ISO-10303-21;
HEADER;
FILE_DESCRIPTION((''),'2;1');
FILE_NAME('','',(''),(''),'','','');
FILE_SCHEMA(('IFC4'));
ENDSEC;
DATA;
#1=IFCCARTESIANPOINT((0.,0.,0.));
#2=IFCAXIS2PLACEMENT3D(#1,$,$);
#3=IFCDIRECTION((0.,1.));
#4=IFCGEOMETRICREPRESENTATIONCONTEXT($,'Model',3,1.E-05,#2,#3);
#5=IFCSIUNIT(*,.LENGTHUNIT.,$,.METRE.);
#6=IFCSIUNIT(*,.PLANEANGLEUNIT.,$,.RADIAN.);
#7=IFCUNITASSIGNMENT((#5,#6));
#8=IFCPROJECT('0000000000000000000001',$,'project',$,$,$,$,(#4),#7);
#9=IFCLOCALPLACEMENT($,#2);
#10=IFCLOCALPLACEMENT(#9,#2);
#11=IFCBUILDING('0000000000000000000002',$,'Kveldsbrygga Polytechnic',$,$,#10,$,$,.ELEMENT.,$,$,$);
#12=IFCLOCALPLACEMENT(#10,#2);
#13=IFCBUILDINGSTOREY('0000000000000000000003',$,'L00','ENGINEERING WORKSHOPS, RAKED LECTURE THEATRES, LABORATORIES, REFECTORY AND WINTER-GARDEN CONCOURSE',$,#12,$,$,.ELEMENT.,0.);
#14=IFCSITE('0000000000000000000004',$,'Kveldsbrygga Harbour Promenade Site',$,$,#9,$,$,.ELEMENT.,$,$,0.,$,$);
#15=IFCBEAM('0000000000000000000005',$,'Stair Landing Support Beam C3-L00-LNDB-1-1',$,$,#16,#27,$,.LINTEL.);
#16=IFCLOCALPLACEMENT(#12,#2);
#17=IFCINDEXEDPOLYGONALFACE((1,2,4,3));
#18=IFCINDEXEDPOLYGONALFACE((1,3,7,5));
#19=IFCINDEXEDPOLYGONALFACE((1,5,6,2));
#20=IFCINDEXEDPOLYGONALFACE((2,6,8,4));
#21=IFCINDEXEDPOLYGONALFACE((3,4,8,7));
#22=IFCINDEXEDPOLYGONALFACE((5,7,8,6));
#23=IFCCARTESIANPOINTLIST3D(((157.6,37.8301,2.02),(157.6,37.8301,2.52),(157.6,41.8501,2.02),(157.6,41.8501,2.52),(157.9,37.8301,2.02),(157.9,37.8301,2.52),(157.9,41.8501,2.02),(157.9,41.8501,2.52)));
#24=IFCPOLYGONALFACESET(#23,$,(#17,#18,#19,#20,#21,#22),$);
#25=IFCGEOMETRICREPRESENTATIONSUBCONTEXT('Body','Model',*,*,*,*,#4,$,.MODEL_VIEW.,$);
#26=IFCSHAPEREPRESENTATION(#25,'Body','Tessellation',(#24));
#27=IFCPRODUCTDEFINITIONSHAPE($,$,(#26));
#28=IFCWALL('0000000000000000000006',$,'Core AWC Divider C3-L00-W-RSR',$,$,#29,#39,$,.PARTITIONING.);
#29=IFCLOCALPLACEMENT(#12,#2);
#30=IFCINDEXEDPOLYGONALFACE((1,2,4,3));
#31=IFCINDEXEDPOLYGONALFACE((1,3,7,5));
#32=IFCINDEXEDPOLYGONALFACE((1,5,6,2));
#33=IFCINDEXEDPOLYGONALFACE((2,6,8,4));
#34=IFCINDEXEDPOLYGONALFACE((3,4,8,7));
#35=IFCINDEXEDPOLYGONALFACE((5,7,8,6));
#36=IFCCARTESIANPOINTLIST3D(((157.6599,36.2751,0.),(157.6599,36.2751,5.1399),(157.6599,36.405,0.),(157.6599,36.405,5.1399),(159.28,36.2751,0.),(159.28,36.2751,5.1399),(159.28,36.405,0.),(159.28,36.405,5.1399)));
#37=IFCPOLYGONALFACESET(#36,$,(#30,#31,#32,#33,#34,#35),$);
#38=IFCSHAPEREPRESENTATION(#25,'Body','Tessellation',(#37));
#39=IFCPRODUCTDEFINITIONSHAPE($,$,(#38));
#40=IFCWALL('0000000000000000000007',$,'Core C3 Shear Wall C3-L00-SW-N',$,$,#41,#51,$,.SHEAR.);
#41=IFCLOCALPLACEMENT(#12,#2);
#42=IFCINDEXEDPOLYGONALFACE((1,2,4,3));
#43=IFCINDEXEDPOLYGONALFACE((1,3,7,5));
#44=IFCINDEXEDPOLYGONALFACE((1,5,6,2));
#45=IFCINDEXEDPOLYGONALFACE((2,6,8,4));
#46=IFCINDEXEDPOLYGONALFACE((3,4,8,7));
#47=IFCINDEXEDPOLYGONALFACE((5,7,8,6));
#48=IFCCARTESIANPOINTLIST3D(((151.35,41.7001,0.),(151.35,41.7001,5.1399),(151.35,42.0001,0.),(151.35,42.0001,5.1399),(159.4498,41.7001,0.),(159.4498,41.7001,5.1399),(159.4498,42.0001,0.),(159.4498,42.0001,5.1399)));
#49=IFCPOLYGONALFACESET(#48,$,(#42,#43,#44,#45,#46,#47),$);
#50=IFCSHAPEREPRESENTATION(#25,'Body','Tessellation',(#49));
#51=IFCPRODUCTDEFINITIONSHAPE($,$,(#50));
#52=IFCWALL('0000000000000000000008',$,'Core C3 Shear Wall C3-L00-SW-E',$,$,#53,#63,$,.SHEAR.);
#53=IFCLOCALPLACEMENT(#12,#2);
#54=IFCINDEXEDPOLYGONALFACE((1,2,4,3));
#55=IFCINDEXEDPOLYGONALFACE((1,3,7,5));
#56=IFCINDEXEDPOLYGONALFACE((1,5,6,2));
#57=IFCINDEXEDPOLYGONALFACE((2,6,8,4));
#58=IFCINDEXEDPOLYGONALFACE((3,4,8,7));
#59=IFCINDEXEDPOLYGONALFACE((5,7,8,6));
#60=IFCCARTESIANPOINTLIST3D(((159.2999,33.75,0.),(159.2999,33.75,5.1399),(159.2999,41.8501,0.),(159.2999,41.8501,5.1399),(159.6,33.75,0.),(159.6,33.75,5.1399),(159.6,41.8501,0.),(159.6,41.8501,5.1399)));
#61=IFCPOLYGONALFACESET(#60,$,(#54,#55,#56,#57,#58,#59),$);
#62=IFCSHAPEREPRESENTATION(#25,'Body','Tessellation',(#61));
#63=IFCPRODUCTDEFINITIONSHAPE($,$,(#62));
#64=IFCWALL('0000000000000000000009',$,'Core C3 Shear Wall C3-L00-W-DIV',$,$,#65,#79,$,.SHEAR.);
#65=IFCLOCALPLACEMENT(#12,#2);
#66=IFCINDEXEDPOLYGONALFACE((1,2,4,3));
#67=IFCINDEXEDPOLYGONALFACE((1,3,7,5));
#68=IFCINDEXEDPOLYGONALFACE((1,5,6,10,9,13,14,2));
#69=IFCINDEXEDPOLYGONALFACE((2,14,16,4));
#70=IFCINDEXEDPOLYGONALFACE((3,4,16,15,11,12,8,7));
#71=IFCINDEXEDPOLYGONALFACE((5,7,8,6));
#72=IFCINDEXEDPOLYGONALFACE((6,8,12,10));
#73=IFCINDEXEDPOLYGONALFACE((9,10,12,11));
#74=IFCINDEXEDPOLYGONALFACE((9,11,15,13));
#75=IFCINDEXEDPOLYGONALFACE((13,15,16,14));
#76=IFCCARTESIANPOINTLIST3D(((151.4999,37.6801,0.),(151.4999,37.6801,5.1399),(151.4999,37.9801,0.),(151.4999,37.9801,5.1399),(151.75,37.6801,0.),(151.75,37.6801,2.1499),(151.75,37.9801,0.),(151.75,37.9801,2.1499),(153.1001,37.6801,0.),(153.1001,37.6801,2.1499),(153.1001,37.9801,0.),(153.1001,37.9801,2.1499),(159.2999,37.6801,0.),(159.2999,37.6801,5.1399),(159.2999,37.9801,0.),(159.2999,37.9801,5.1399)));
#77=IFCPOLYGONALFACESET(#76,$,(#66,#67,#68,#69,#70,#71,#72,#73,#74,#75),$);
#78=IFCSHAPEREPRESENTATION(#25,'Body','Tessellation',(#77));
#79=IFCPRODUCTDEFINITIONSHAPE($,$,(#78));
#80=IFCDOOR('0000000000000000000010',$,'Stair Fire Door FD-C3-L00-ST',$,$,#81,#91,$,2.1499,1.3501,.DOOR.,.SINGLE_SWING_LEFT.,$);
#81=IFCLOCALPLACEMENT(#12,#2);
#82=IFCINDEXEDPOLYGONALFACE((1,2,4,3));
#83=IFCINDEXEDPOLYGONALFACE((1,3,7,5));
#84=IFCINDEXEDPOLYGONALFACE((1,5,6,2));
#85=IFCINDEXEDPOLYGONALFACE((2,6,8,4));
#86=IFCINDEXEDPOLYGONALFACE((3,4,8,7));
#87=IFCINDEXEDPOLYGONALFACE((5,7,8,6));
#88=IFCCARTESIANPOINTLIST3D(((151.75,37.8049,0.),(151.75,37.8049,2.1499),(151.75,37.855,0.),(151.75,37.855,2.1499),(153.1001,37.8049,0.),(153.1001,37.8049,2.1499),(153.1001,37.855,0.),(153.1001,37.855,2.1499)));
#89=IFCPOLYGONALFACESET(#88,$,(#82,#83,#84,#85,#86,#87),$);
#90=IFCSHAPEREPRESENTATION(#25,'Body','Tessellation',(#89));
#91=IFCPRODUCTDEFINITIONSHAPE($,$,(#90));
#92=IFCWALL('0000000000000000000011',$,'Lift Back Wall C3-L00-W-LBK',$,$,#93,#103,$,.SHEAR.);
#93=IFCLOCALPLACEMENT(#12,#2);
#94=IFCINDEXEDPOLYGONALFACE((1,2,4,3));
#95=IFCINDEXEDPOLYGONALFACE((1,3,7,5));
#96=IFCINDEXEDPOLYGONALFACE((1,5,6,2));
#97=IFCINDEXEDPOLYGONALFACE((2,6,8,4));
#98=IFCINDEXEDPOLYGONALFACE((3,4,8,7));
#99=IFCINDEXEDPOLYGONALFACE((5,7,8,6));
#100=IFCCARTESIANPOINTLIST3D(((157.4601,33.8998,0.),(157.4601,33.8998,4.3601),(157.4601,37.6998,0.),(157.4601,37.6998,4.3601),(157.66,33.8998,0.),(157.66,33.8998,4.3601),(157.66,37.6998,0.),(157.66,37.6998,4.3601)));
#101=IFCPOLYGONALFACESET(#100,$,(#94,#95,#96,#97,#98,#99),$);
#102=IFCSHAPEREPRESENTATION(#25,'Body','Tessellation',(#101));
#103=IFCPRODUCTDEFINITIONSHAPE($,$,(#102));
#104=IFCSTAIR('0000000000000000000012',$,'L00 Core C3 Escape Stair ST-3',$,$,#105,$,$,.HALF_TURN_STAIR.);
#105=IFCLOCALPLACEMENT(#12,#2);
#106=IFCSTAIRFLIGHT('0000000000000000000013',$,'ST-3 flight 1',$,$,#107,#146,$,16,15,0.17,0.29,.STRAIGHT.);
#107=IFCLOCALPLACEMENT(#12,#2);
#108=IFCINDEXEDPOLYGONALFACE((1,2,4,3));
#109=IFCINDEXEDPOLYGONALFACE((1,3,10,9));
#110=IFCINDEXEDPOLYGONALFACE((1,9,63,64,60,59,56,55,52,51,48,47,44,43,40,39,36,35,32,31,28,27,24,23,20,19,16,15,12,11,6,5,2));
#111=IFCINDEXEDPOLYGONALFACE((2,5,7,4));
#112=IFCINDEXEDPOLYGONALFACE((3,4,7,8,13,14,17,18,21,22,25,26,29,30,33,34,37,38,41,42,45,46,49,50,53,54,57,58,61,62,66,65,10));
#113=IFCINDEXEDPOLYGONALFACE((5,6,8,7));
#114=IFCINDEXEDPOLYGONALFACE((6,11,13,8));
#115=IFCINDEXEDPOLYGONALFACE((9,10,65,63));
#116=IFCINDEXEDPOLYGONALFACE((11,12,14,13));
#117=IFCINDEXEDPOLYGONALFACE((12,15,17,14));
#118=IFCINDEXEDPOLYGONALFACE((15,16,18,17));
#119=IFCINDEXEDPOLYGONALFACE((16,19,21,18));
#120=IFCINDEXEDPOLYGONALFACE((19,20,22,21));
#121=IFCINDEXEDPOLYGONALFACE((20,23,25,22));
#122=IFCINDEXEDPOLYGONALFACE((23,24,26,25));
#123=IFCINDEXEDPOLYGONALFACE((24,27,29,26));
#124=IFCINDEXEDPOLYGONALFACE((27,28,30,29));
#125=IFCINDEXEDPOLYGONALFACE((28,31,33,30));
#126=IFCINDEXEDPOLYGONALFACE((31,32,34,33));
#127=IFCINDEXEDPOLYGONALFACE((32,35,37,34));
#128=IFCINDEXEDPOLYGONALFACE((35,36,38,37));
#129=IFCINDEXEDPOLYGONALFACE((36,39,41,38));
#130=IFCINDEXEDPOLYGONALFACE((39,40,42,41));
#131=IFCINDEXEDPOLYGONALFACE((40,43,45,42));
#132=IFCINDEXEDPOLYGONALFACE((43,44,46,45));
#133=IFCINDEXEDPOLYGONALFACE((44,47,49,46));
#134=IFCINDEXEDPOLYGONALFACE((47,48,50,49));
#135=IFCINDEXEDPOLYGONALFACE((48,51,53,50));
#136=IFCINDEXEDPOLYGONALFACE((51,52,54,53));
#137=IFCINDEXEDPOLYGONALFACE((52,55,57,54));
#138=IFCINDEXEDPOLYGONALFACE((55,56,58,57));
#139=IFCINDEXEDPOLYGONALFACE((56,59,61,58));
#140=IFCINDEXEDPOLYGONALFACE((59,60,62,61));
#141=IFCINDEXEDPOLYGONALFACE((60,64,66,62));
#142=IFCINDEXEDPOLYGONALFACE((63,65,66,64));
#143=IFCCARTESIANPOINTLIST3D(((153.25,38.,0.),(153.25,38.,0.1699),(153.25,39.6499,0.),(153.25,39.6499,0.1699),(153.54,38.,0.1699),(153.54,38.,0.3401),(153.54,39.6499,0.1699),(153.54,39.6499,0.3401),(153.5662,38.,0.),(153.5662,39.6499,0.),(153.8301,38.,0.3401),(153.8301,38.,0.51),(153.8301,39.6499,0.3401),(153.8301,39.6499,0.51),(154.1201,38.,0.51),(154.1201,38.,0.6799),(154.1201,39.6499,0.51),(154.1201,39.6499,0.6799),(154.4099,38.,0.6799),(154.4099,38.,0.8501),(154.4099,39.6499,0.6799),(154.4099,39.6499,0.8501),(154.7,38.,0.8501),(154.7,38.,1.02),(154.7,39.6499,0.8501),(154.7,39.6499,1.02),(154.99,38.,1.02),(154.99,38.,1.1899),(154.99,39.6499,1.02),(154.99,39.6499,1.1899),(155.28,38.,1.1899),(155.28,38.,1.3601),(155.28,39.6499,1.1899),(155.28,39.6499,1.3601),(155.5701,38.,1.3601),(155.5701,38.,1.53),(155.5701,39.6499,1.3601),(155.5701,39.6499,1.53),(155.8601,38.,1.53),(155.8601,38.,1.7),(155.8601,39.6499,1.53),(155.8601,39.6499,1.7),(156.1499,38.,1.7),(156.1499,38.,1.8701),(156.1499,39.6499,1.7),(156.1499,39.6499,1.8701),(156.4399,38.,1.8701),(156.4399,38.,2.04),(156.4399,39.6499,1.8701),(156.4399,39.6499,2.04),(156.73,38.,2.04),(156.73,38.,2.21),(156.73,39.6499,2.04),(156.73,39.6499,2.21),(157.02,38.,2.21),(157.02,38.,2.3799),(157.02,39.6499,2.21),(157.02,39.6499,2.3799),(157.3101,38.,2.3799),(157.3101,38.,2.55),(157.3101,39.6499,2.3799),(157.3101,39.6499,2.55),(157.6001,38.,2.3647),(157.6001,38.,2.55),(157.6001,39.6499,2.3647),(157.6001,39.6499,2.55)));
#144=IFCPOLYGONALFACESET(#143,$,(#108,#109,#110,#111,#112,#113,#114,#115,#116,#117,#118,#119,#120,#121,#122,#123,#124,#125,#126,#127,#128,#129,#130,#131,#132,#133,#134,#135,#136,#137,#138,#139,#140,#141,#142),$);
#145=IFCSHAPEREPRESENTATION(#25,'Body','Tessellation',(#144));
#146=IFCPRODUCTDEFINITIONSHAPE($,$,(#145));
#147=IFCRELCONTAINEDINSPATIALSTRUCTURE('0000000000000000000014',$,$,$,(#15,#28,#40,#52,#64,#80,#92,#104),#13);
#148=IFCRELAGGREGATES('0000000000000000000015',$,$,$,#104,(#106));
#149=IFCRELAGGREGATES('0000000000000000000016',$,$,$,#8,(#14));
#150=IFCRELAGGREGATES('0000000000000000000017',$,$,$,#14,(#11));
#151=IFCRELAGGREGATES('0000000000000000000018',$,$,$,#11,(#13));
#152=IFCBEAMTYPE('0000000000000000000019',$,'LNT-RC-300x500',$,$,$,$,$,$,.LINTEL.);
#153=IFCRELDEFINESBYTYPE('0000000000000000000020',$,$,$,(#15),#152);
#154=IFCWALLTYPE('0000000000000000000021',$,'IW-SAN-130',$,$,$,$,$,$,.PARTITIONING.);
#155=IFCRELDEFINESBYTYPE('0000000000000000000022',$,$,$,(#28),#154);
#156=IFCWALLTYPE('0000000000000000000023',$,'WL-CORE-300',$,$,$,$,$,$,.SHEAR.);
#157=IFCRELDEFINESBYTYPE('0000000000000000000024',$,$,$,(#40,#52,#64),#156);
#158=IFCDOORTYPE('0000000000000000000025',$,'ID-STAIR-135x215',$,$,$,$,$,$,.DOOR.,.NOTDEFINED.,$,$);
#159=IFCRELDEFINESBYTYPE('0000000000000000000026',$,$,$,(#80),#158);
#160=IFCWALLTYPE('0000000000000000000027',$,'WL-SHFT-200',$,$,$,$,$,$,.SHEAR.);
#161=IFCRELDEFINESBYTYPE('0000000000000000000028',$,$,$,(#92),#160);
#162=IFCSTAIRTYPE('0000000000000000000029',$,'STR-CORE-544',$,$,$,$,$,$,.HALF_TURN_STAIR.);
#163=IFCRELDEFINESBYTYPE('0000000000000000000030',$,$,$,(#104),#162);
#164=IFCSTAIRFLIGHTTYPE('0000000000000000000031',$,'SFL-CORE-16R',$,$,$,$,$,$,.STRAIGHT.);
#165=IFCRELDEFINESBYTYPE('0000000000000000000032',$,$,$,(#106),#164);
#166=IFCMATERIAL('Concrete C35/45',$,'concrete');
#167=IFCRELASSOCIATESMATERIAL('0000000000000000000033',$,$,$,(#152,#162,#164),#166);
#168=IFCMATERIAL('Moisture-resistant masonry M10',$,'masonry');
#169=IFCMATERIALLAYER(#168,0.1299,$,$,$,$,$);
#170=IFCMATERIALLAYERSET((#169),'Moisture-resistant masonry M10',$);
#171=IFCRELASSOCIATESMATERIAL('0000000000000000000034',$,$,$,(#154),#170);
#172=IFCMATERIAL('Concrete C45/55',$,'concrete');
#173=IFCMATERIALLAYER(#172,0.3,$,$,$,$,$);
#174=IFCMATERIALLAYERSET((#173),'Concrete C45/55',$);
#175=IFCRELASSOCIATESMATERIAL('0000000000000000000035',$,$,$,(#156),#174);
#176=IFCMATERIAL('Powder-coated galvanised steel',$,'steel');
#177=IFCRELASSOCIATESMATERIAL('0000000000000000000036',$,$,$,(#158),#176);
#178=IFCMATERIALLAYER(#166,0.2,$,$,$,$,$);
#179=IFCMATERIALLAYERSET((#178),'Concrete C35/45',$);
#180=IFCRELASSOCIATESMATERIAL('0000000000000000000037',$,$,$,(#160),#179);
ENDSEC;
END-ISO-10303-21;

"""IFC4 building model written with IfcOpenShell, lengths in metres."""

from ifc_helpers import new_model, si_unit, direction, frame, frame_2d, origin, origin_2d, place, context, subcontext, project, spatial, polyline, rectangle, outline, extrude, material, layer, layer_set, material_profile, profile_set, type_object, element, fill, aggregate, save


model = new_model("IFC4")

# Units and contexts
model_context = context("Model", 3, precision=1e-05, world=origin(), true_north=direction((0.0, 1.0)))
body_context = subcontext(model_context, "Body", "Model", "MODEL_VIEW")
ifc_project = project(units=[si_unit("LENGTHUNIT", "METRE"), si_unit("PLANEANGLEUNIT", "RADIAN")], contexts=[model_context])

# Site, building, storey
site_placement = place(None, origin())
site = spatial("IfcSite", under=ifc_project, at=site_placement, Name="Kveldsbrygga Harbour Promenade Site", CompositionType="ELEMENT", RefElevation=0.0)
building_placement = place(site_placement, origin())
building = spatial("IfcBuilding", under=site, at=building_placement, Name="Kveldsbrygga Polytechnic", CompositionType="ELEMENT")
storey_placement = place(building_placement, origin())
storey = spatial("IfcBuildingStorey", under=building, at=storey_placement, Name="L00", Description="ENGINEERING WORKSHOPS, RAKED LECTURE THEATRES, LABORATORIES, REFECTORY AND WINTER-GARDEN CONCOURSE", CompositionType="ELEMENT", Elevation=0.0)

# Beam
ifc_material_1 = material(Name="Concrete C35/45", Category="concrete")
ifc_material_profile = material_profile(ifc_material_1, rectangle(XDim=0.3, YDim=0.5, at=origin_2d()), Name="RC 300x500")
ifc_profile_set = profile_set([ifc_material_profile], Name="Concrete C35/45")
beam_type = type_object("IfcBeamType", Name="LNT-RC-300x500", PredefinedType="LINTEL", material=ifc_profile_set)
beam_placement = place(storey_placement, frame((157.75, 37.8301, 2.27), z_axis=(0.0, 1.0, 0.0), x_axis=(-1.0, 0.0, 0.0)))
element("IfcBeam", 1, at=beam_placement, inside=storey, type_object=beam_type, Name="Stair Landing Support Beam C3-L00-LNDB-1-1", PredefinedType="LINTEL", context=body_context, shape_type="SweptSolid", body=[
    extrude(rectangle(XDim=0.3, YDim=0.5, at=origin_2d()), origin(), (0.0, 0.0, 1.0), 4.02),
])

# Walls
ifc_material_2 = material(Name="Moisture-resistant masonry M10", Category="masonry")
ifc_layer_1 = layer(ifc_material_2, 0.1299)
ifc_layer_set_1 = layer_set([ifc_layer_1], Name="Moisture-resistant masonry M10")
wall_type_1 = type_object("IfcWallType", Name="IW-SAN-130", PredefinedType="PARTITIONING", material=ifc_layer_set_1)
wall_1_placement = place(storey_placement, frame((157.6599, 36.3401, 0.0), z_axis=(0.0, 0.0, 1.0), x_axis=(1.0, 0.0, 0.0)))
element("IfcWall", 2, at=wall_1_placement, inside=storey, type_object=wall_type_1, Name="Core AWC Divider C3-L00-W-RSR", PredefinedType="PARTITIONING", context=body_context, shape_type="SweptSolid", body=[
    extrude(rectangle(XDim=1.6201, YDim=0.1299, at=frame_2d((0.8101, 0.0))), origin(), (0.0, 0.0, 1.0), 5.1399),
])
ifc_material_3 = material(Name="Concrete C45/55", Category="concrete")
ifc_layer_2 = layer(ifc_material_3, 0.3)
ifc_layer_set_2 = layer_set([ifc_layer_2], Name="Concrete C45/55")
wall_type_2 = type_object("IfcWallType", Name="WL-CORE-300", PredefinedType="SHEAR", material=ifc_layer_set_2)
wall_2_placement = place(storey_placement, frame((151.3501, 41.8501, 0.0), z_axis=(0.0, 0.0, 1.0), x_axis=(1.0, 0.0, 0.0)))
element("IfcWall", 3, at=wall_2_placement, inside=storey, type_object=wall_type_2, Name="Core C3 Shear Wall C3-L00-SW-N", PredefinedType="SHEAR", context=body_context, shape_type="SweptSolid", body=[
    extrude(rectangle(XDim=8.0999, YDim=0.3, at=frame_2d((4.0498, 0.0))), origin(), (0.0, 0.0, 1.0), 5.1399),
])

# Shared definitions
ifc_material_4 = material(Name="Powder-coated galvanised steel", Category="steel")

# Wall
wall_3_placement = place(storey_placement, frame((159.45, 33.75, 0.0), z_axis=(0.0, 0.0, 1.0), x_axis=(0.0, 1.0, 0.0)))
element("IfcWall", 4, at=wall_3_placement, inside=storey, type_object=wall_type_2, Name="Core C3 Shear Wall C3-L00-SW-E", PredefinedType="SHEAR", context=body_context, shape_type="SweptSolid", body=[
    extrude(rectangle(XDim=8.1001, YDim=0.3, at=frame_2d((4.05, 0.0))), origin(), (0.0, 0.0, 1.0), 5.1399),
])

# Wall, opening, door
wall_4_placement = place(storey_placement, frame((151.5, 37.8301, 0.0), z_axis=(0.0, 0.0, 1.0), x_axis=(1.0, 0.0, 0.0)))
wall_4 = element("IfcWall", 5, at=wall_4_placement, inside=storey, type_object=wall_type_2, Name="Core C3 Shear Wall C3-L00-W-DIV", PredefinedType="SHEAR", context=body_context, shape_type="SweptSolid", body=[
    extrude(rectangle(XDim=7.8, YDim=0.3, at=frame_2d((3.8999, 0.0))), origin(), (0.0, 0.0, 1.0), 5.1399),
])
opening_1_placement = place(wall_4_placement, frame((0.25, 0.0, 0.0)))
opening_1 = element("IfcOpeningElement", 6, at=opening_1_placement, cuts=wall_4, PredefinedType="OPENING", context=body_context, shape_type="SweptSolid", body=[
    extrude(rectangle(XDim=1.3501, YDim=2.1499, at=frame_2d((0.675, 1.075))), frame((0.0, 0.1602, 0.0), z_axis=(0.0, -1.0, 0.0), x_axis=(1.0, 0.0, 0.0)), (0.0, 0.0, 1.0), 0.3201),
])
door_type_1 = type_object("IfcDoorType", Name="ID-STAIR-135x215", OperationType="NOTDEFINED", PredefinedType="DOOR", material=ifc_material_4)
door_1_placement = place(opening_1_placement, origin())
door_1 = element("IfcDoor", 7, at=door_1_placement, inside=storey, type_object=door_type_1, Name="Stair Fire Door FD-C3-L00-ST", OperationType="SINGLE_SWING_LEFT", OverallHeight=2.1499, OverallWidth=1.3501, PredefinedType="DOOR", context=body_context, shape_type="SweptSolid", body=[
    extrude(rectangle(XDim=1.3501, YDim=2.1499, at=frame_2d((0.675, 1.075))), frame((0.0, 0.0249, 0.0), z_axis=(0.0, -1.0, 0.0), x_axis=(1.0, 0.0, 0.0)), (0.0, 0.0, 1.0), 0.05),
])
fill(opening_1, door_1)
ifc_layer_3 = layer(ifc_material_1, 0.2)
ifc_layer_set_3 = layer_set([ifc_layer_3], Name="Concrete C35/45")
wall_type_3 = type_object("IfcWallType", Name="WL-SHFT-200", PredefinedType="SHEAR", material=ifc_layer_set_3)

# Wall
wall_5_placement = place(storey_placement, frame((157.5601, 33.8999, 0.0), z_axis=(0.0, 0.0, 1.0), x_axis=(0.0, 1.0, 0.0)))
element("IfcWall", 8, at=wall_5_placement, inside=storey, type_object=wall_type_3, Name="Lift Back Wall C3-L00-W-LBK", PredefinedType="SHEAR", context=body_context, shape_type="SweptSolid", body=[
    extrude(rectangle(XDim=3.8, YDim=0.2, at=frame_2d((1.8999, 0.0))), origin(), (0.0, 0.0, 1.0), 4.3601),
])

# Stair, stair flight
stair_type = type_object("IfcStairType", Name="STR-CORE-544", PredefinedType="HALF_TURN_STAIR", material=ifc_material_1)
stair_placement = place(storey_placement, origin())
stair = element("IfcStair", 9, at=stair_placement, inside=storey, type_object=stair_type, Name="L00 Core C3 Escape Stair ST-3", PredefinedType="HALF_TURN_STAIR")
stair_flight_type = type_object("IfcStairFlightType", Name="SFL-CORE-16R", PredefinedType="STRAIGHT", material=ifc_material_1)
stair_flight_1_placement = place(storey_placement, frame((153.25, 38.825, 0.0), z_axis=(0.0, 0.0, 1.0), x_axis=(1.0, 0.0, 0.0)))
stair_flight_1 = element("IfcStairFlight", 10, at=stair_flight_1_placement, type_object=stair_flight_type, Name="ST-3 flight 1", NumberOfRisers=16, NumberOfTreads=15, PredefinedType="STRAIGHT", RiserHeight=0.17, TreadLength=0.29, context=body_context, shape_type="SweptSolid", body=[
    extrude(outline(polyline([(0.0, 0.0), (0.0, 0.1699), (0.29, 0.1699), (0.29, 0.3401), (0.5801, 0.3401), (0.5801, 0.51), (0.8701, 0.51), (0.8701, 0.6799), (1.1599, 0.6799), (1.1599, 0.8501), (1.45, 0.8501), (1.45, 1.02), (1.74, 1.02), (1.74, 1.1899), (2.03, 1.1899), (2.03, 1.3601), (2.3201, 1.3601), (2.3201, 1.53), (2.6101, 1.53), (2.6101, 1.7), (2.8999, 1.7), (2.8999, 1.8701), (3.1899, 1.8701), (3.1899, 2.04), (3.48, 2.04), (3.48, 2.21), (3.77, 2.21), (3.77, 2.3799), (4.0601, 2.3799), (4.0601, 2.55), (4.3501, 2.55), (4.3501, 2.72), (4.3501, 2.3647), (0.3162, 0.0), (0.0, 0.0)])), frame((0.0, 0.825, 0.0), z_axis=(0.0, -1.0, 0.0), x_axis=(1.0, 0.0, 0.0)), (0.0, 0.0, 1.0), 1.6499),
])
aggregate(stair, [stair_flight_1])

save(model, "model.ifc")
